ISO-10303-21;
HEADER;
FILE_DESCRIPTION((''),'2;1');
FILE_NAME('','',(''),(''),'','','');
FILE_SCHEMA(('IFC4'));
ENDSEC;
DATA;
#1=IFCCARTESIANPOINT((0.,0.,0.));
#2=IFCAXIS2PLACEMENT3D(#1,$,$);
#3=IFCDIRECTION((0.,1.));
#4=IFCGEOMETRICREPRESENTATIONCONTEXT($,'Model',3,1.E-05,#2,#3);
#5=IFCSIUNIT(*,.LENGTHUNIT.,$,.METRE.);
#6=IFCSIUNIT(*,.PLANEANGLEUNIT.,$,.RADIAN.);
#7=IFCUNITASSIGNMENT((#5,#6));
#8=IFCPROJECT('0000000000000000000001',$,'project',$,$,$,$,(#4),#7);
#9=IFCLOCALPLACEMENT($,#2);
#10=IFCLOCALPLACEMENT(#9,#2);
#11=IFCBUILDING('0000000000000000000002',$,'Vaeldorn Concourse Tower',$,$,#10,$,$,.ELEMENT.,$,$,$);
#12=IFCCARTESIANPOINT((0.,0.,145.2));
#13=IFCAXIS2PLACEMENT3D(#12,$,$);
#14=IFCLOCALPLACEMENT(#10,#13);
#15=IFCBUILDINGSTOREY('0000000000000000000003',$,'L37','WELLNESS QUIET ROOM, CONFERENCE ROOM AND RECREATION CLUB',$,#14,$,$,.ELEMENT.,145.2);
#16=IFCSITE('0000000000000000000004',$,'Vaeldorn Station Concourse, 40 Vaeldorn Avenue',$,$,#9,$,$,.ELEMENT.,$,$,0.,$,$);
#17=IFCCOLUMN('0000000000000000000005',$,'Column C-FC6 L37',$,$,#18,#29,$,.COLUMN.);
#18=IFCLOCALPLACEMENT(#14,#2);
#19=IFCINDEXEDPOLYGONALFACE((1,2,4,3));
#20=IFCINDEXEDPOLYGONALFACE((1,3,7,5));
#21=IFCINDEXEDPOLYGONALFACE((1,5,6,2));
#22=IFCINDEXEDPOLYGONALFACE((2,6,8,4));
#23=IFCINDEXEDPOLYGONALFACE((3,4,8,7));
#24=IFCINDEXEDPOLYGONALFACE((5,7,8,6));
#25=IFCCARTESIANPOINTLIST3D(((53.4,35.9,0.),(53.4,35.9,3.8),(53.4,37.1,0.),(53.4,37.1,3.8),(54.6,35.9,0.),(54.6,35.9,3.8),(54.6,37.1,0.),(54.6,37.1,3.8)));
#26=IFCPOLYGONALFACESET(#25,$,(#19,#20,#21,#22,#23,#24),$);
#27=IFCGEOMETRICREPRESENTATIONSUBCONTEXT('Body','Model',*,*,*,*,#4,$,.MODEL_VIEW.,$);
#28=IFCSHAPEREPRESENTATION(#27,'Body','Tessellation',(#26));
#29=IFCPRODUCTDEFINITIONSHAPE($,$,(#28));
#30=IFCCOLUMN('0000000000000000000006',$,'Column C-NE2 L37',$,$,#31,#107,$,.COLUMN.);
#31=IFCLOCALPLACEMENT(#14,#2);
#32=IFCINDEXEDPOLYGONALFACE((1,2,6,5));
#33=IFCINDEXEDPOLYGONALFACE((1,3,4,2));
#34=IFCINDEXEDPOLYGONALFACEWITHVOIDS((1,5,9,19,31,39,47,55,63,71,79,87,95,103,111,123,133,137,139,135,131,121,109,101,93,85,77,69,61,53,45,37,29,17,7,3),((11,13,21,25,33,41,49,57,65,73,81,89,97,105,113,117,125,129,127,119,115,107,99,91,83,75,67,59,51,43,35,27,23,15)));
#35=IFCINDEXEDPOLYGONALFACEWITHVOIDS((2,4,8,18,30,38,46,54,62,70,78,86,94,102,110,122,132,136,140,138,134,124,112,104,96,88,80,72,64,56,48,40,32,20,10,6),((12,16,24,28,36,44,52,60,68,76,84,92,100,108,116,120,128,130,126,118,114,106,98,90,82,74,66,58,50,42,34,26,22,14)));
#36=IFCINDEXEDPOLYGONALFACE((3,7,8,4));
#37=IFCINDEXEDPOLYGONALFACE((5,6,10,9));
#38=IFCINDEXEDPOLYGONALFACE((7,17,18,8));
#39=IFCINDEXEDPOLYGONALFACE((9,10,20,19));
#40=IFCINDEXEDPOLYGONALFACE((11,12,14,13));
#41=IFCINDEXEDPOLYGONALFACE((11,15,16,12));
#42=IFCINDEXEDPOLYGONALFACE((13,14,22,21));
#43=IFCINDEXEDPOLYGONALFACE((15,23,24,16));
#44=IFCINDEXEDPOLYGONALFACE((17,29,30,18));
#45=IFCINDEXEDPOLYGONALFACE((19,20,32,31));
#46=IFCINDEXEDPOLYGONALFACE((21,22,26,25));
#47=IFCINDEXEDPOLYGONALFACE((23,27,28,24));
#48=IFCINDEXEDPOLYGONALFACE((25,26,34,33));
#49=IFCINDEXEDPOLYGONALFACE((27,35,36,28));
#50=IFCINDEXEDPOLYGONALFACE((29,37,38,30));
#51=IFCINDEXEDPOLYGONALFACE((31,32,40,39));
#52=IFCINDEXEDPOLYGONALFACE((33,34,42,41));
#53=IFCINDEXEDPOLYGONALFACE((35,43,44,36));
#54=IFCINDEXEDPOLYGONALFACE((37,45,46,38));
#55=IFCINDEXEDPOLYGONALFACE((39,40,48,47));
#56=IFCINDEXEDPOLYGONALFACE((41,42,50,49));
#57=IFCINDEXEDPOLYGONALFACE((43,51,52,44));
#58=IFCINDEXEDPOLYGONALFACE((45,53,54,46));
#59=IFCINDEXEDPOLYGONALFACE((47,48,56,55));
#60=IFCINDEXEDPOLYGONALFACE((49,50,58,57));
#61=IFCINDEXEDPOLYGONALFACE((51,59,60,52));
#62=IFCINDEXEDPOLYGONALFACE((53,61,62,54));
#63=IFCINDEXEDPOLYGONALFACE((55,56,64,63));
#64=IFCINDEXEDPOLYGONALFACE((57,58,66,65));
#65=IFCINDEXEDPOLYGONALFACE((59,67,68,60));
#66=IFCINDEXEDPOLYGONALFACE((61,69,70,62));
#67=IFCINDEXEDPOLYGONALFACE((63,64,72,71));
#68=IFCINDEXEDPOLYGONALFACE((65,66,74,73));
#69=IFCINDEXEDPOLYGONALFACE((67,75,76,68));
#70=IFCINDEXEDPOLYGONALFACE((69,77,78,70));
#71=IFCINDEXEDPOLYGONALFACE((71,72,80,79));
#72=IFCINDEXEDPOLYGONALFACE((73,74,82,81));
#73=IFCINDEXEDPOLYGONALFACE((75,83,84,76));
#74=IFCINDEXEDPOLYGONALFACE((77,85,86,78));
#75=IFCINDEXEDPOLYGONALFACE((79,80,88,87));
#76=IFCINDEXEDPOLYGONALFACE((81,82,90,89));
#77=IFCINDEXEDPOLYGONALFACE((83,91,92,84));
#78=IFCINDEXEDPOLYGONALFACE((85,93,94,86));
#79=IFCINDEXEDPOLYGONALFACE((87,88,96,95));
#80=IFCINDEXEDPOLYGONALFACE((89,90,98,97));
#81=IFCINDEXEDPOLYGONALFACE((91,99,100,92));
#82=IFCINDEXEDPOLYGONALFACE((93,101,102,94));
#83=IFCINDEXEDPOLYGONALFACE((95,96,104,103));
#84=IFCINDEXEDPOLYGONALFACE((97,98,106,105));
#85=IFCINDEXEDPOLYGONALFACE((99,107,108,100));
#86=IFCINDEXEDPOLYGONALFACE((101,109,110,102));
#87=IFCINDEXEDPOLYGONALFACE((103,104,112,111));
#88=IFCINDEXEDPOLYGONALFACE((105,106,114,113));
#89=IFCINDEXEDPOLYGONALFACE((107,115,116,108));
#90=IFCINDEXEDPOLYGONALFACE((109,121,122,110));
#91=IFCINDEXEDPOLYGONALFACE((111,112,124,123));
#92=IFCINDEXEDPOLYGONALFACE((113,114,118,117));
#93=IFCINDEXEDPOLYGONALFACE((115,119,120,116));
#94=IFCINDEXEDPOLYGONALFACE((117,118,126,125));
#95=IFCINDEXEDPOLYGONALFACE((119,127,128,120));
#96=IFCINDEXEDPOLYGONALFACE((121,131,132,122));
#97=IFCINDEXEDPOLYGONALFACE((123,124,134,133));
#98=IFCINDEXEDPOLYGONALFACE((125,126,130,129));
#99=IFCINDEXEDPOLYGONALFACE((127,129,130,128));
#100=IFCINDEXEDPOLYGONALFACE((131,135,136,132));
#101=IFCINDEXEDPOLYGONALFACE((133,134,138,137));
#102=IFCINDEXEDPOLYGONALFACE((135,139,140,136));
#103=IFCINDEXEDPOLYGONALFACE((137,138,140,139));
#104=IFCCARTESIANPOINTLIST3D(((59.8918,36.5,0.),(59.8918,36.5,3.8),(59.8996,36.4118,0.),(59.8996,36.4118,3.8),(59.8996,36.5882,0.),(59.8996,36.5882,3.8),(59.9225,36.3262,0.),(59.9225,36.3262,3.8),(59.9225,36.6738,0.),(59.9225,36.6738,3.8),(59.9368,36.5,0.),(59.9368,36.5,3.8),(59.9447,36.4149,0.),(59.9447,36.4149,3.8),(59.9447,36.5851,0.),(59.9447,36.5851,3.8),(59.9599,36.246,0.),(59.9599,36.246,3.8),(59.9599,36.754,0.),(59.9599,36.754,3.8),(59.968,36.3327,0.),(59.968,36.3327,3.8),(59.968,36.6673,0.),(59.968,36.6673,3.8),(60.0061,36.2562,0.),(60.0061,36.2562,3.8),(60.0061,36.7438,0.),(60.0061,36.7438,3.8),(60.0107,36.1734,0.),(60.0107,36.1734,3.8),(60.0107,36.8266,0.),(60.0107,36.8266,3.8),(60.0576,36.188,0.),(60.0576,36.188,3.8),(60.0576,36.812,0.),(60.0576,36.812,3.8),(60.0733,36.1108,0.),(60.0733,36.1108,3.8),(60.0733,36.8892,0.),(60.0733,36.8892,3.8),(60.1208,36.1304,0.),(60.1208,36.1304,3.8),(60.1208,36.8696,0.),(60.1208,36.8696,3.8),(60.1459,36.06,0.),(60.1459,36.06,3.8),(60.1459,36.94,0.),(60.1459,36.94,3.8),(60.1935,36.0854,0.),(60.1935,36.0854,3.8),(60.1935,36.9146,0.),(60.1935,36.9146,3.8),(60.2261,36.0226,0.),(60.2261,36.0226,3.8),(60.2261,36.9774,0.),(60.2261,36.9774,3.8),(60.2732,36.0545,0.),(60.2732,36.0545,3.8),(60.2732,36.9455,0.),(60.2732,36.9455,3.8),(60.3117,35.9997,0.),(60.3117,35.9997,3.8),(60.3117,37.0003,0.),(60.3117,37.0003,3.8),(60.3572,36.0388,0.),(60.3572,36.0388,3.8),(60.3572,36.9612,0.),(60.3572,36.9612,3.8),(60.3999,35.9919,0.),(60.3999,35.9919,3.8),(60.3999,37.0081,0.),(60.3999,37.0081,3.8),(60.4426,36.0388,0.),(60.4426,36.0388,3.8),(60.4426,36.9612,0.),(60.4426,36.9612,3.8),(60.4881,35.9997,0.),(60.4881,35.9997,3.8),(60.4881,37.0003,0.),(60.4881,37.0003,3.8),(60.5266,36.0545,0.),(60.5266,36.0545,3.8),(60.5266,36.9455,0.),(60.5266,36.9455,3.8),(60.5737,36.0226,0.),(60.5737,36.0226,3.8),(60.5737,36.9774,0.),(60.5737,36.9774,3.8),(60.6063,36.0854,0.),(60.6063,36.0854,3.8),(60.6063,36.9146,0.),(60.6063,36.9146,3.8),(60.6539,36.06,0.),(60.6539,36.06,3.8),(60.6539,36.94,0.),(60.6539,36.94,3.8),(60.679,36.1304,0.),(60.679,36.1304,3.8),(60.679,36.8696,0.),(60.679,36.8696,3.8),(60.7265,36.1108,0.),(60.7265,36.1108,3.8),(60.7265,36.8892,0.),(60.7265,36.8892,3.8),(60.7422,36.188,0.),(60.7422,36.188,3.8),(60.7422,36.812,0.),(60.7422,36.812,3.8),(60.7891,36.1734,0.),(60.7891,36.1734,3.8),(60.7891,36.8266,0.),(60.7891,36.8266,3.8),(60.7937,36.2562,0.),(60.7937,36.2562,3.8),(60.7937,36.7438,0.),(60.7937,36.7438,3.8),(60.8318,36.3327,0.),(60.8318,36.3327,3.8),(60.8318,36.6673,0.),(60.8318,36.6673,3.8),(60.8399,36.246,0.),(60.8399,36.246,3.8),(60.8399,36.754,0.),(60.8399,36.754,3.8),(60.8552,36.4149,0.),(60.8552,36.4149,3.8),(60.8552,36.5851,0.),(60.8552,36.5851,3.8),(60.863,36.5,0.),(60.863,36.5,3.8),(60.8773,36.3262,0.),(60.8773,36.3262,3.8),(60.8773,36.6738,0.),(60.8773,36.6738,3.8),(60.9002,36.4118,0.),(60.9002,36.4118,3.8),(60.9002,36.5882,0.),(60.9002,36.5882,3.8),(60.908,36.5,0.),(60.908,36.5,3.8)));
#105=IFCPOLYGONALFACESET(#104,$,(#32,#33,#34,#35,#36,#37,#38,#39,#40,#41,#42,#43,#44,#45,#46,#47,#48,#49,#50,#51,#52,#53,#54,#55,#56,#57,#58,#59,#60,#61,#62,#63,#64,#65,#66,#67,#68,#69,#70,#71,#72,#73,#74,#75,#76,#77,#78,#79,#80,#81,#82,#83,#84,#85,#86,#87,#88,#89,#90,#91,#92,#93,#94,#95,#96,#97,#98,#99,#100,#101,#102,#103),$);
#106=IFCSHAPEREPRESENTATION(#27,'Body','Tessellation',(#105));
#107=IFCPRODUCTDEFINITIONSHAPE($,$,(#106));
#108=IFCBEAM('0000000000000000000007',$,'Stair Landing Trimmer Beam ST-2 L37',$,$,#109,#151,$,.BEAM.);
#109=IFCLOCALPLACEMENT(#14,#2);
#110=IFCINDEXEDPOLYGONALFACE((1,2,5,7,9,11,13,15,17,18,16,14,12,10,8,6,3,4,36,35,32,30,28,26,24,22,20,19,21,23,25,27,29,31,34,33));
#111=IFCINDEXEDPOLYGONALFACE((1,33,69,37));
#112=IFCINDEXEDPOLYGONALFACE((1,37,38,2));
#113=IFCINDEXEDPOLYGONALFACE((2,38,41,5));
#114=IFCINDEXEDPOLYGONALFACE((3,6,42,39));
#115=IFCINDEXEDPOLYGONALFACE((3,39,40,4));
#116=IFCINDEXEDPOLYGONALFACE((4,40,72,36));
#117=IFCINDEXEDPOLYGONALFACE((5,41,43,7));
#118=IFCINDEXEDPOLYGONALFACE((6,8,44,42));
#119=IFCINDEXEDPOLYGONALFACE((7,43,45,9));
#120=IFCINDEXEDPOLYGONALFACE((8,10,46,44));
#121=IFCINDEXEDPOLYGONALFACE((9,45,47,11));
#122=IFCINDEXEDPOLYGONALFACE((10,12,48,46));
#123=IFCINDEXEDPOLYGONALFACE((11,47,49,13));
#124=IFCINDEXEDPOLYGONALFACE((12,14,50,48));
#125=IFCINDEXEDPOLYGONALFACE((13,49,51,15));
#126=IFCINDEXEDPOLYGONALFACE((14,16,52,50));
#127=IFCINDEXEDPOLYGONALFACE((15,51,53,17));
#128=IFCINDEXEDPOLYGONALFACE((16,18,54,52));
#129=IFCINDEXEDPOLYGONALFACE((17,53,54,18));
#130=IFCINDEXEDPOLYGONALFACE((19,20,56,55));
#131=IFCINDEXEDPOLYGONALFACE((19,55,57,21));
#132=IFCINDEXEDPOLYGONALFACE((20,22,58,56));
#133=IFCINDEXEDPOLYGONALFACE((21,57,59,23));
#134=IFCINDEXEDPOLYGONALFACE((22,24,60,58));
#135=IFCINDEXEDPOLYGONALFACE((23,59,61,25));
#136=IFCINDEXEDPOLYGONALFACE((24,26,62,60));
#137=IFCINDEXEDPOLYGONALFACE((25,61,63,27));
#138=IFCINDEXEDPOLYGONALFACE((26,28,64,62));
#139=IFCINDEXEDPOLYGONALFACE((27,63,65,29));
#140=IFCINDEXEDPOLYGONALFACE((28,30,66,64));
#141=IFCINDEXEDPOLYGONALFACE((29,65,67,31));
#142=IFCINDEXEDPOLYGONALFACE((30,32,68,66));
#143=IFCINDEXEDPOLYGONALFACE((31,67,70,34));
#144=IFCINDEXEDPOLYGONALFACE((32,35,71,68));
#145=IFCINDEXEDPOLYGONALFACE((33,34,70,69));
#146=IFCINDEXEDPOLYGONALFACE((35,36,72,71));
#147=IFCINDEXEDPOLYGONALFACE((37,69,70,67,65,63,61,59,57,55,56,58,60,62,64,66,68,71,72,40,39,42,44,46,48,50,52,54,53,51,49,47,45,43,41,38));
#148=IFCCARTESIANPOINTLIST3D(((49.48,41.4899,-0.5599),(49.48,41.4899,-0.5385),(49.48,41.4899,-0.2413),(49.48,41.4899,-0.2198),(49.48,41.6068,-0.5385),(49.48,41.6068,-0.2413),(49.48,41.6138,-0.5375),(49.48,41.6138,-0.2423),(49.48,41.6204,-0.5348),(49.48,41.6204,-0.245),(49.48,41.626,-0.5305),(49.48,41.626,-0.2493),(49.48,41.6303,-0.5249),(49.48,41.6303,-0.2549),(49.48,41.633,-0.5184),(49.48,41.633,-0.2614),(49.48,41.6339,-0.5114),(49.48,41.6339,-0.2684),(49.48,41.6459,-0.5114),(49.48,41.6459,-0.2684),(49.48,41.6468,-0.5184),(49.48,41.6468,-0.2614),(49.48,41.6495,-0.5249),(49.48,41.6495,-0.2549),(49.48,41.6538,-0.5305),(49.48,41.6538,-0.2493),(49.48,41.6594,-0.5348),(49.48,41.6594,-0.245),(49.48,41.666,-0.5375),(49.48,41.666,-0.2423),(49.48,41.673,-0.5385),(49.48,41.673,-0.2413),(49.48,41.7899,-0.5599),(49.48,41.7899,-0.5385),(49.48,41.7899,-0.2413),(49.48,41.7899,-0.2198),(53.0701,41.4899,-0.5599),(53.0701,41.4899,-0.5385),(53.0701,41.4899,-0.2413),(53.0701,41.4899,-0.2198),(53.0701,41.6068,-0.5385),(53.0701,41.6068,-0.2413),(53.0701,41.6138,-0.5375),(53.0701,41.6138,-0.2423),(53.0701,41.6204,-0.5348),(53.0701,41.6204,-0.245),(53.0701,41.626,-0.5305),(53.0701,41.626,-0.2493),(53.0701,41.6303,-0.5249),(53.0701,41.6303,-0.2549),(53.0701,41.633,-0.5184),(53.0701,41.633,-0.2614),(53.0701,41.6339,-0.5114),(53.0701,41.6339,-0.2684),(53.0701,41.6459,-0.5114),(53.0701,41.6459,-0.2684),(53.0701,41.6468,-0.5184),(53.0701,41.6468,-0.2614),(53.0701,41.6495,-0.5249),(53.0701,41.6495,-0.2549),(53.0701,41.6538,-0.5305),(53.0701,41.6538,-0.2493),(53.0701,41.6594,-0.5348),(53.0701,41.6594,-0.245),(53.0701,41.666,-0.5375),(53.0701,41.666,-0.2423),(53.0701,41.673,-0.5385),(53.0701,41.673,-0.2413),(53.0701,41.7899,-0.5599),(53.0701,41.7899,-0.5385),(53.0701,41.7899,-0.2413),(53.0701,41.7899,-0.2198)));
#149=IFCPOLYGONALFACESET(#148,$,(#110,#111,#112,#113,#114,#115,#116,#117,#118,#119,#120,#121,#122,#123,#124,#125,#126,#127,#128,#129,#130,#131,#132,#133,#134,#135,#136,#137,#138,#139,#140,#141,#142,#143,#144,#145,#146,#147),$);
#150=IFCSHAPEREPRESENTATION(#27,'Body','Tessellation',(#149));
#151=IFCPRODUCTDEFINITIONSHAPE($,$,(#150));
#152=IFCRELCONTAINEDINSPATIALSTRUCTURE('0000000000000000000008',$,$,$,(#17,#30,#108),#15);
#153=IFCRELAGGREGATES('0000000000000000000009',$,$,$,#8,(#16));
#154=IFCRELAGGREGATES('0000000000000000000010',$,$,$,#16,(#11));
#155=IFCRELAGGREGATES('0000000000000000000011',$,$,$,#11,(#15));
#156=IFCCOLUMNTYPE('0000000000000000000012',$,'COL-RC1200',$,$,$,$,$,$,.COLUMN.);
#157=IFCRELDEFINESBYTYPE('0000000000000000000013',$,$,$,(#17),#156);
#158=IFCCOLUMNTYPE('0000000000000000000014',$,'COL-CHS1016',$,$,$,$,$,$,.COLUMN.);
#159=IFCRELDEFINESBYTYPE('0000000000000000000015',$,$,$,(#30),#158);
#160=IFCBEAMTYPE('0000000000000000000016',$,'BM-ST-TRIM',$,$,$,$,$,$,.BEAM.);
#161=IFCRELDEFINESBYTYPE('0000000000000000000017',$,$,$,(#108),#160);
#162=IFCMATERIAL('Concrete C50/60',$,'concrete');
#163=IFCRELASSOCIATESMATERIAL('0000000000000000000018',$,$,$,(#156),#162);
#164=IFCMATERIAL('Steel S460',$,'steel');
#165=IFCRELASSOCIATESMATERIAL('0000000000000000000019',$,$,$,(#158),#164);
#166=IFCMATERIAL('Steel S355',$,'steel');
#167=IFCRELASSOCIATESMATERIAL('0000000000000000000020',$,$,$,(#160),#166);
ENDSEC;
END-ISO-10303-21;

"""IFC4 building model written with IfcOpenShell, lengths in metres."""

from ifc_helpers import new_model, si_unit, direction, frame, origin, origin_2d, place, context, subcontext, project, spatial, rectangle, hollow_circle, i_section, extrude, source, transform, mapped, material, material_profile, profile_set, type_object, element, save


model = new_model("IFC4")

# Units and contexts
model_context = context("Model", 3, precision=1e-05, world=origin(), true_north=direction((0.0, 1.0)))
body_context = subcontext(model_context, "Body", "Model", "MODEL_VIEW")
ifc_project = project(units=[si_unit("LENGTHUNIT", "METRE"), si_unit("PLANEANGLEUNIT", "RADIAN")], contexts=[model_context])

# Site, building, storey
site_placement = place(None, origin())
site = spatial("IfcSite", under=ifc_project, at=site_placement, Name="Vaeldorn Station Concourse, 40 Vaeldorn Avenue", CompositionType="ELEMENT", RefElevation=0.0)
building_placement = place(site_placement, origin())
building = spatial("IfcBuilding", under=site, at=building_placement, Name="Vaeldorn Concourse Tower", CompositionType="ELEMENT")
storey_placement = place(building_placement, frame((0.0, 0.0, 145.2)))
storey = spatial("IfcBuildingStorey", under=building, at=storey_placement, Name="L37", Description="WELLNESS QUIET ROOM, CONFERENCE ROOM AND RECREATION CLUB", CompositionType="ELEMENT", Elevation=145.2)

# Columns
ifc_material_1 = material(Name="Concrete C50/60", Category="concrete")
ifc_material_profile_1 = material_profile(ifc_material_1, rectangle(XDim=1.2, YDim=1.2, at=origin_2d()), Name="RC 1200x1200")
ifc_profile_set_1 = profile_set([ifc_material_profile_1], Name="Concrete C50/60")
column_type_1 = type_object("IfcColumnType", Name="COL-RC1200", PredefinedType="COLUMN", material=ifc_profile_set_1)
shared_shape_1 = source(origin(), body_context, "Body", "SweptSolid", [
    extrude(rectangle(XDim=1.2, YDim=1.2, at=origin_2d()), origin(), (0.0, 0.0, 1.0), 3.8),
])
column_1_placement = place(storey_placement, frame((54.0, 36.5, 0.0), z_axis=(0.0, 0.0, 1.0), x_axis=(1.0, 0.0, 0.0)))
element("IfcColumn", 1, at=column_1_placement, inside=storey, type_object=column_type_1, Name="Column C-FC6 L37", PredefinedType="COLUMN", context=body_context, shape_type="MappedRepresentation", body=[
    mapped(shared_shape_1, transform((0.0, 0.0, 0.0), scale=1.0)),
])
ifc_material_2 = material(Name="Steel S460", Category="steel")
ifc_material_profile_2 = material_profile(ifc_material_2, hollow_circle(Radius=0.5081, WallThickness=0.0449, at=origin_2d()), Name="CHS 1016x45")
ifc_profile_set_2 = profile_set([ifc_material_profile_2], Name="Steel S460")
column_type_2 = type_object("IfcColumnType", Name="COL-CHS1016", PredefinedType="COLUMN", material=ifc_profile_set_2)
shared_shape_2 = source(origin(), body_context, "Body", "SweptSolid", [
    extrude(hollow_circle(Radius=0.5081, WallThickness=0.0449, at=origin_2d()), origin(), (0.0, 0.0, 1.0), 3.8),
])
column_2_placement = place(storey_placement, frame((60.3999, 36.5, 0.0), z_axis=(0.0, 0.0, 1.0), x_axis=(1.0, 0.0, 0.0)))
element("IfcColumn", 2, at=column_2_placement, inside=storey, type_object=column_type_2, Name="Column C-NE2 L37", PredefinedType="COLUMN", context=body_context, shape_type="MappedRepresentation", body=[
    mapped(shared_shape_2, transform((0.0, 0.0, 0.0), scale=1.0)),
])

# Beam
ifc_material_3 = material(Name="Steel S355", Category="steel")
ifc_material_profile_3 = material_profile(ifc_material_3, i_section(OverallWidth=0.3, OverallDepth=0.3401, WebThickness=0.012, FlangeThickness=0.0215, FilletRadius=0.0271, at=origin_2d()), Name="HEB 340")
ifc_profile_set_3 = profile_set([ifc_material_profile_3], Name="Steel S355")
beam_type_1 = type_object("IfcBeamType", Name="BM-ST-TRIM", PredefinedType="BEAM", material=ifc_profile_set_3)
shared_shape_3 = source(origin(), body_context, "Body", "SweptSolid", [
    extrude(i_section(OverallWidth=0.3, OverallDepth=0.3401, WebThickness=0.012, FlangeThickness=0.0215, FilletRadius=0.0271, at=origin_2d()), origin(), (0.0, 0.0, 1.0), 3.5901),
])
beam_1_placement = place(storey_placement, frame((49.48, 41.6399, -0.3899), z_axis=(1.0, 0.0, 0.0), x_axis=(0.0, 1.0, 0.0)))
element("IfcBeam", 3, at=beam_1_placement, inside=storey, type_object=beam_type_1, Name="Stair Landing Trimmer Beam ST-2 L37", PredefinedType="BEAM", context=body_context, shape_type="MappedRepresentation", body=[
    mapped(shared_shape_3, transform((0.0, 0.0, 0.0), scale=1.0)),
])

save(model, "model.ifc")
